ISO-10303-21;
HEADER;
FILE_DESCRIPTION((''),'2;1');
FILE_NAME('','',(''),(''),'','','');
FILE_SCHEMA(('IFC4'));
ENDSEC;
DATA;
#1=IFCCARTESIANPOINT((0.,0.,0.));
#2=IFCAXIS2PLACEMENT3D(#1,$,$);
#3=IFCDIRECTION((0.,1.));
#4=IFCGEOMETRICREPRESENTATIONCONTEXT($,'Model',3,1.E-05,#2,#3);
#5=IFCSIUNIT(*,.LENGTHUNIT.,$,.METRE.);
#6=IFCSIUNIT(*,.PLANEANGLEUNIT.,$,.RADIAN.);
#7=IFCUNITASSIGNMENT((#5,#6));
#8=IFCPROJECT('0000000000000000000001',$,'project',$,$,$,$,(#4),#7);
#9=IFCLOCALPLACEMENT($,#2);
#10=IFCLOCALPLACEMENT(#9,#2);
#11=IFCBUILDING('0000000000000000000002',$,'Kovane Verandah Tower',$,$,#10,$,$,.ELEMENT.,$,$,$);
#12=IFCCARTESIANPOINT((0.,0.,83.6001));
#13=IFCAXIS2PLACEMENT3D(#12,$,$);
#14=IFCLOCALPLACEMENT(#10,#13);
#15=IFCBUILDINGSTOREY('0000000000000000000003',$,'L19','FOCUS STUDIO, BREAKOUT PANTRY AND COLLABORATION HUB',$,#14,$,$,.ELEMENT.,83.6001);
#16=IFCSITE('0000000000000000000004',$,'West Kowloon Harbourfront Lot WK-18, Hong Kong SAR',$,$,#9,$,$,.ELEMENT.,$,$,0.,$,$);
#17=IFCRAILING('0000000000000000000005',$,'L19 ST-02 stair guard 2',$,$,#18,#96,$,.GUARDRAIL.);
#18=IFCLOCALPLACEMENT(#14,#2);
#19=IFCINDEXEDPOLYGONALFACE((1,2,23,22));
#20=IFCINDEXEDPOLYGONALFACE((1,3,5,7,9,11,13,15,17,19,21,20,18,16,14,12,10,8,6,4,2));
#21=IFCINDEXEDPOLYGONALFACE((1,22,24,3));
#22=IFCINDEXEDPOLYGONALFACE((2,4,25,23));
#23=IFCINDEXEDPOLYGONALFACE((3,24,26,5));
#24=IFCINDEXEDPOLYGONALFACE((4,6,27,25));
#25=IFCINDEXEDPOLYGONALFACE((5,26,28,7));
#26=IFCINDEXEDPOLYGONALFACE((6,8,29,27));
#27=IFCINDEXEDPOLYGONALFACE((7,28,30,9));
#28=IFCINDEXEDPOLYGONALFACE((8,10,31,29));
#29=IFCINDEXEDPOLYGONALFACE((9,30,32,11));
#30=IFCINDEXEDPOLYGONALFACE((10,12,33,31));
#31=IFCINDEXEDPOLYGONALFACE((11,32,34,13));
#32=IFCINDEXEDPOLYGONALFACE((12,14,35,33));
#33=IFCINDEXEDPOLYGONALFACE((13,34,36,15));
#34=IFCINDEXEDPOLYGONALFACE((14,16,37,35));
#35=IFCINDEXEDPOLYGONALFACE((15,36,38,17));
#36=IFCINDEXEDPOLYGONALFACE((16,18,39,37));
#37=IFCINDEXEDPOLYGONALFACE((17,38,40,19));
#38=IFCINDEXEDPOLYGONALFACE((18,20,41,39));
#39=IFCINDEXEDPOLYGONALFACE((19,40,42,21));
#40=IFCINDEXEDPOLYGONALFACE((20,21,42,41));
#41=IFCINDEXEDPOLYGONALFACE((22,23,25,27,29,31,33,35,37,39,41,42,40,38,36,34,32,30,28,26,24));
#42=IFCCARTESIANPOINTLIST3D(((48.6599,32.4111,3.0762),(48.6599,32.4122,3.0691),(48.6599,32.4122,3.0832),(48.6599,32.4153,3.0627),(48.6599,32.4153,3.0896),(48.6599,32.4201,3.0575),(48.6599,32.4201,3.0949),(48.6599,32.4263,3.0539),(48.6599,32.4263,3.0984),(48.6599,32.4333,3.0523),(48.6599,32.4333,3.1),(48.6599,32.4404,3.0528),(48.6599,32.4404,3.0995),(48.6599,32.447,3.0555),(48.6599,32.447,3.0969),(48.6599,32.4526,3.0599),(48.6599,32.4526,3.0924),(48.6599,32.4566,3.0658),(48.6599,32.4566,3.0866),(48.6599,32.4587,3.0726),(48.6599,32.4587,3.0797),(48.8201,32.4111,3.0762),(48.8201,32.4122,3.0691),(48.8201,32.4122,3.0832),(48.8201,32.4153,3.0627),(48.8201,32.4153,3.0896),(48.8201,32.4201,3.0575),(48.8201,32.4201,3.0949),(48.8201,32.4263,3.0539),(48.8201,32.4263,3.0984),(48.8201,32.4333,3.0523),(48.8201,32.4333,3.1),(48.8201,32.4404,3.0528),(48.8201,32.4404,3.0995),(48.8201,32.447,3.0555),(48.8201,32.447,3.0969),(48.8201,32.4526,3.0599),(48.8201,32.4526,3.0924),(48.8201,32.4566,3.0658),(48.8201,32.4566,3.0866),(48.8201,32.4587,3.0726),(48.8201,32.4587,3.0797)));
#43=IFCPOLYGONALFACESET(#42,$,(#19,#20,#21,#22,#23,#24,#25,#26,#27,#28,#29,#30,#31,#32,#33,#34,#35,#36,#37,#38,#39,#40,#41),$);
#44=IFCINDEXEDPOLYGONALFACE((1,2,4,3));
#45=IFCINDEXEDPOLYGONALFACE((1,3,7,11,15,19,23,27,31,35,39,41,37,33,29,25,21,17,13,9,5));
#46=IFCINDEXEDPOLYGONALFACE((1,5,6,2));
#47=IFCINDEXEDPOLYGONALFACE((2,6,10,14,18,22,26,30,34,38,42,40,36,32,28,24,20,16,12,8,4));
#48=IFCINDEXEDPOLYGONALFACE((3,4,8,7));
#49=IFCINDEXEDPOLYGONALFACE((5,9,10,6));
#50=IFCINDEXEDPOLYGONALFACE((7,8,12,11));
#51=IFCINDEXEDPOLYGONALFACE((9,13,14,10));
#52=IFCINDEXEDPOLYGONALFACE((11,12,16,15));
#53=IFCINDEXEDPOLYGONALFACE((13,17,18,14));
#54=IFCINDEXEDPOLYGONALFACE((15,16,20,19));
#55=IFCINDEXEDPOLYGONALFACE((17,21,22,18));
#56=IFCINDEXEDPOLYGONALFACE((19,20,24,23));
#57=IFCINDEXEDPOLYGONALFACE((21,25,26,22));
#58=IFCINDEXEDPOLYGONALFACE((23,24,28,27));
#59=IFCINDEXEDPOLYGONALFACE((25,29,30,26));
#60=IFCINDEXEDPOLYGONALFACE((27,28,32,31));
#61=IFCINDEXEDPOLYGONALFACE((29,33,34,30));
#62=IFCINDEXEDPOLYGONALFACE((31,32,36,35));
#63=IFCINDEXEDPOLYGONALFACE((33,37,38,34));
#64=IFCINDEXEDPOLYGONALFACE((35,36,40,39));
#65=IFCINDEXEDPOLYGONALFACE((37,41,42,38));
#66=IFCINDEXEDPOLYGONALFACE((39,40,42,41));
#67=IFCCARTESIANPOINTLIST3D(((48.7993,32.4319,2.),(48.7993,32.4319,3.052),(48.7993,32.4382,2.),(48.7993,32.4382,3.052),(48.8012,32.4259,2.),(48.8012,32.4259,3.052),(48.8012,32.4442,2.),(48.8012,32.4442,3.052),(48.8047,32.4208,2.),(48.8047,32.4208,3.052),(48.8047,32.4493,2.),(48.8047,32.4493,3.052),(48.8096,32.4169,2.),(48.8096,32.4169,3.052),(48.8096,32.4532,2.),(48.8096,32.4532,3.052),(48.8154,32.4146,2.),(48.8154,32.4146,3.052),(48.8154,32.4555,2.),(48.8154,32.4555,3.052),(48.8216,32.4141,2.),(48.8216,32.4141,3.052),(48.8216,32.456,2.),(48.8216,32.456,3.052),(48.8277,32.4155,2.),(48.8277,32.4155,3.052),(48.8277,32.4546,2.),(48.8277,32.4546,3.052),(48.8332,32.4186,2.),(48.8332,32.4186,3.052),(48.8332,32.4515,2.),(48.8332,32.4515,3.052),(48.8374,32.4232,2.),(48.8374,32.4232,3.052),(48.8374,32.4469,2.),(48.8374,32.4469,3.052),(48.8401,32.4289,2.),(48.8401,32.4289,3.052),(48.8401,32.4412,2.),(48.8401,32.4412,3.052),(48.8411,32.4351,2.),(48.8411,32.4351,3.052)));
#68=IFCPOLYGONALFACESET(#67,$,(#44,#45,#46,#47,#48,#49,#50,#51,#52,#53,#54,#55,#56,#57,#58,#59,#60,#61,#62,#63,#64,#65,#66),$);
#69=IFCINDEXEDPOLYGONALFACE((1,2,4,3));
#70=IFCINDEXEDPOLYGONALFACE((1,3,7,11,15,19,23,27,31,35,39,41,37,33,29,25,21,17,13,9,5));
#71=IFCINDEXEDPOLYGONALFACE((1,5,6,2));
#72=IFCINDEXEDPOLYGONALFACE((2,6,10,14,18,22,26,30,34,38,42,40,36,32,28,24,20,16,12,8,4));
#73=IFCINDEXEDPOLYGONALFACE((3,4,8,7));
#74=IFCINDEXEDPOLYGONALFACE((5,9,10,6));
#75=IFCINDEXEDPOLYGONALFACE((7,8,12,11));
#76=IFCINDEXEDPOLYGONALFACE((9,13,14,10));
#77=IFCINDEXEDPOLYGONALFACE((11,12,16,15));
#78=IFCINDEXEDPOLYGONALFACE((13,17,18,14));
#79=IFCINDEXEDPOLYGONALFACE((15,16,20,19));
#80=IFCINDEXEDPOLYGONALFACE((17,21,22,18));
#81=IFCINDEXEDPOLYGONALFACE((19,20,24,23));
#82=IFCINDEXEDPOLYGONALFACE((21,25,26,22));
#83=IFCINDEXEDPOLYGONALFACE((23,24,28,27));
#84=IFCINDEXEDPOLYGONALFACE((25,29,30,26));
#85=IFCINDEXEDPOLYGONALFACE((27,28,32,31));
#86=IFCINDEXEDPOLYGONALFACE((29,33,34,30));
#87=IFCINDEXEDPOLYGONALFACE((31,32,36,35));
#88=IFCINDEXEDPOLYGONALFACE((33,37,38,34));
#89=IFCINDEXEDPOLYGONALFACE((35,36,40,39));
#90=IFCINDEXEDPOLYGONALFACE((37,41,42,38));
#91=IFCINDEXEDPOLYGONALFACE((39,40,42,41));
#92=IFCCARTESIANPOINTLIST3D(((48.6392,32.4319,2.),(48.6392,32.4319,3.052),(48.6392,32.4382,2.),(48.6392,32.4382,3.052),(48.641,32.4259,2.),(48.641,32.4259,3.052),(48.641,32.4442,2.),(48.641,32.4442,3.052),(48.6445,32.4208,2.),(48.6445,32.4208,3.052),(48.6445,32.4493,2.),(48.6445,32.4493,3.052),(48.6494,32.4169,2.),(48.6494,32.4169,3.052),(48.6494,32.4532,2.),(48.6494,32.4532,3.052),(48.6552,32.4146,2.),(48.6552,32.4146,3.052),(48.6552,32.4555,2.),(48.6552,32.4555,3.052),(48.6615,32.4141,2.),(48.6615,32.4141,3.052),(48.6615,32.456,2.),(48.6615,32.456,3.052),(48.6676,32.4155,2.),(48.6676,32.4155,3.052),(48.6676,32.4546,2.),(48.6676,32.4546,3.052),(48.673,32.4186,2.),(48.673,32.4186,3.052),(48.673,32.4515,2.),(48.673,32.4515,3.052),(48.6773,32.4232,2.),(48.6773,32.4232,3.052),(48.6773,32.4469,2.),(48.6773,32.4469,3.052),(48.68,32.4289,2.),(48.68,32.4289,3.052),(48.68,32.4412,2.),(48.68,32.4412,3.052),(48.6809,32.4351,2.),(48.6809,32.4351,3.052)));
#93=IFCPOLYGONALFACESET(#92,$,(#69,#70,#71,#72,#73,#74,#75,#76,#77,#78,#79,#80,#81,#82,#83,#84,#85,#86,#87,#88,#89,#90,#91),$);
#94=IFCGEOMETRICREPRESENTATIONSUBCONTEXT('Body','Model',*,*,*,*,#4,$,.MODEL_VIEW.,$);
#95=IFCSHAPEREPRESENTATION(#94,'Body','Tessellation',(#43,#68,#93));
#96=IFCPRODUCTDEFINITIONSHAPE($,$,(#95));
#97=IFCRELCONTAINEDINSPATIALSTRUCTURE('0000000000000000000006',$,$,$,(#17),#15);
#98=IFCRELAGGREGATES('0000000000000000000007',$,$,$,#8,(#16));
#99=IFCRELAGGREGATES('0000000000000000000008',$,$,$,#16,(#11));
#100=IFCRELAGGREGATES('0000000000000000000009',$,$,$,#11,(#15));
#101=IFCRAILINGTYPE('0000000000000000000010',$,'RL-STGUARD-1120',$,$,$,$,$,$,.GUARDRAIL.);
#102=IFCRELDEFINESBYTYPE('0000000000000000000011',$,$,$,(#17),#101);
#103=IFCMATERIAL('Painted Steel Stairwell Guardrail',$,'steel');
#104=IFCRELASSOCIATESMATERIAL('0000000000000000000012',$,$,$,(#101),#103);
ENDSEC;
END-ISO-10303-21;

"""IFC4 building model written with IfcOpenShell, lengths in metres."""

from ifc_helpers import new_model, si_unit, direction, frame, origin, origin_2d, place, context, subcontext, project, spatial, circle, extrude, material, type_object, element, save


model = new_model("IFC4")

# Units and contexts
model_context = context("Model", 3, precision=1e-05, world=origin(), true_north=direction((0.0, 1.0)))
body_context = subcontext(model_context, "Body", "Model", "MODEL_VIEW")
ifc_project = project(units=[si_unit("LENGTHUNIT", "METRE"), si_unit("PLANEANGLEUNIT", "RADIAN")], contexts=[model_context])

# Site, building, storey
site_placement = place(None, origin())
site = spatial("IfcSite", under=ifc_project, at=site_placement, Name="West Kowloon Harbourfront Lot WK-18, Hong Kong SAR", CompositionType="ELEMENT", RefElevation=0.0)
building_placement = place(site_placement, origin())
building = spatial("IfcBuilding", under=site, at=building_placement, Name="Kovane Verandah Tower", CompositionType="ELEMENT")
storey_placement = place(building_placement, frame((0.0, 0.0, 83.6001)))
storey = spatial("IfcBuildingStorey", under=building, at=storey_placement, Name="L19", Description="FOCUS STUDIO, BREAKOUT PANTRY AND COLLABORATION HUB", CompositionType="ELEMENT", Elevation=83.6001)

# Railing
ifc_material_1 = material(Name="Painted Steel Stairwell Guardrail", Category="steel")
railing_type_1 = type_object("IfcRailingType", Name="RL-STGUARD-1120", PredefinedType="GUARDRAIL", material=ifc_material_1)
railing_1_placement = place(storey_placement, frame((48.8201, 32.4351, 2.0)))
element("IfcRailing", 1, at=railing_1_placement, inside=storey, type_object=railing_type_1, Name="L19 ST-02 stair guard 2", PredefinedType="GUARDRAIL", context=body_context, shape_type="SweptSolid", body=[
    extrude(circle(Radius=0.0239, at=origin_2d()), frame((0.0, 0.0, 1.0762), z_axis=(-1.0, 0.0, 0.0), x_axis=(0.0, -1.0, 0.0)), (0.0, 0.0, 1.0), 0.1602),
    extrude(circle(Radius=0.021, at=origin_2d()), origin(), (0.0, 0.0, 1.0), 1.052),
    extrude(circle(Radius=0.021, at=origin_2d()), frame((-0.1602, 0.0, 0.0)), (0.0, 0.0, 1.0), 1.052),
])

save(model, "model.ifc")
